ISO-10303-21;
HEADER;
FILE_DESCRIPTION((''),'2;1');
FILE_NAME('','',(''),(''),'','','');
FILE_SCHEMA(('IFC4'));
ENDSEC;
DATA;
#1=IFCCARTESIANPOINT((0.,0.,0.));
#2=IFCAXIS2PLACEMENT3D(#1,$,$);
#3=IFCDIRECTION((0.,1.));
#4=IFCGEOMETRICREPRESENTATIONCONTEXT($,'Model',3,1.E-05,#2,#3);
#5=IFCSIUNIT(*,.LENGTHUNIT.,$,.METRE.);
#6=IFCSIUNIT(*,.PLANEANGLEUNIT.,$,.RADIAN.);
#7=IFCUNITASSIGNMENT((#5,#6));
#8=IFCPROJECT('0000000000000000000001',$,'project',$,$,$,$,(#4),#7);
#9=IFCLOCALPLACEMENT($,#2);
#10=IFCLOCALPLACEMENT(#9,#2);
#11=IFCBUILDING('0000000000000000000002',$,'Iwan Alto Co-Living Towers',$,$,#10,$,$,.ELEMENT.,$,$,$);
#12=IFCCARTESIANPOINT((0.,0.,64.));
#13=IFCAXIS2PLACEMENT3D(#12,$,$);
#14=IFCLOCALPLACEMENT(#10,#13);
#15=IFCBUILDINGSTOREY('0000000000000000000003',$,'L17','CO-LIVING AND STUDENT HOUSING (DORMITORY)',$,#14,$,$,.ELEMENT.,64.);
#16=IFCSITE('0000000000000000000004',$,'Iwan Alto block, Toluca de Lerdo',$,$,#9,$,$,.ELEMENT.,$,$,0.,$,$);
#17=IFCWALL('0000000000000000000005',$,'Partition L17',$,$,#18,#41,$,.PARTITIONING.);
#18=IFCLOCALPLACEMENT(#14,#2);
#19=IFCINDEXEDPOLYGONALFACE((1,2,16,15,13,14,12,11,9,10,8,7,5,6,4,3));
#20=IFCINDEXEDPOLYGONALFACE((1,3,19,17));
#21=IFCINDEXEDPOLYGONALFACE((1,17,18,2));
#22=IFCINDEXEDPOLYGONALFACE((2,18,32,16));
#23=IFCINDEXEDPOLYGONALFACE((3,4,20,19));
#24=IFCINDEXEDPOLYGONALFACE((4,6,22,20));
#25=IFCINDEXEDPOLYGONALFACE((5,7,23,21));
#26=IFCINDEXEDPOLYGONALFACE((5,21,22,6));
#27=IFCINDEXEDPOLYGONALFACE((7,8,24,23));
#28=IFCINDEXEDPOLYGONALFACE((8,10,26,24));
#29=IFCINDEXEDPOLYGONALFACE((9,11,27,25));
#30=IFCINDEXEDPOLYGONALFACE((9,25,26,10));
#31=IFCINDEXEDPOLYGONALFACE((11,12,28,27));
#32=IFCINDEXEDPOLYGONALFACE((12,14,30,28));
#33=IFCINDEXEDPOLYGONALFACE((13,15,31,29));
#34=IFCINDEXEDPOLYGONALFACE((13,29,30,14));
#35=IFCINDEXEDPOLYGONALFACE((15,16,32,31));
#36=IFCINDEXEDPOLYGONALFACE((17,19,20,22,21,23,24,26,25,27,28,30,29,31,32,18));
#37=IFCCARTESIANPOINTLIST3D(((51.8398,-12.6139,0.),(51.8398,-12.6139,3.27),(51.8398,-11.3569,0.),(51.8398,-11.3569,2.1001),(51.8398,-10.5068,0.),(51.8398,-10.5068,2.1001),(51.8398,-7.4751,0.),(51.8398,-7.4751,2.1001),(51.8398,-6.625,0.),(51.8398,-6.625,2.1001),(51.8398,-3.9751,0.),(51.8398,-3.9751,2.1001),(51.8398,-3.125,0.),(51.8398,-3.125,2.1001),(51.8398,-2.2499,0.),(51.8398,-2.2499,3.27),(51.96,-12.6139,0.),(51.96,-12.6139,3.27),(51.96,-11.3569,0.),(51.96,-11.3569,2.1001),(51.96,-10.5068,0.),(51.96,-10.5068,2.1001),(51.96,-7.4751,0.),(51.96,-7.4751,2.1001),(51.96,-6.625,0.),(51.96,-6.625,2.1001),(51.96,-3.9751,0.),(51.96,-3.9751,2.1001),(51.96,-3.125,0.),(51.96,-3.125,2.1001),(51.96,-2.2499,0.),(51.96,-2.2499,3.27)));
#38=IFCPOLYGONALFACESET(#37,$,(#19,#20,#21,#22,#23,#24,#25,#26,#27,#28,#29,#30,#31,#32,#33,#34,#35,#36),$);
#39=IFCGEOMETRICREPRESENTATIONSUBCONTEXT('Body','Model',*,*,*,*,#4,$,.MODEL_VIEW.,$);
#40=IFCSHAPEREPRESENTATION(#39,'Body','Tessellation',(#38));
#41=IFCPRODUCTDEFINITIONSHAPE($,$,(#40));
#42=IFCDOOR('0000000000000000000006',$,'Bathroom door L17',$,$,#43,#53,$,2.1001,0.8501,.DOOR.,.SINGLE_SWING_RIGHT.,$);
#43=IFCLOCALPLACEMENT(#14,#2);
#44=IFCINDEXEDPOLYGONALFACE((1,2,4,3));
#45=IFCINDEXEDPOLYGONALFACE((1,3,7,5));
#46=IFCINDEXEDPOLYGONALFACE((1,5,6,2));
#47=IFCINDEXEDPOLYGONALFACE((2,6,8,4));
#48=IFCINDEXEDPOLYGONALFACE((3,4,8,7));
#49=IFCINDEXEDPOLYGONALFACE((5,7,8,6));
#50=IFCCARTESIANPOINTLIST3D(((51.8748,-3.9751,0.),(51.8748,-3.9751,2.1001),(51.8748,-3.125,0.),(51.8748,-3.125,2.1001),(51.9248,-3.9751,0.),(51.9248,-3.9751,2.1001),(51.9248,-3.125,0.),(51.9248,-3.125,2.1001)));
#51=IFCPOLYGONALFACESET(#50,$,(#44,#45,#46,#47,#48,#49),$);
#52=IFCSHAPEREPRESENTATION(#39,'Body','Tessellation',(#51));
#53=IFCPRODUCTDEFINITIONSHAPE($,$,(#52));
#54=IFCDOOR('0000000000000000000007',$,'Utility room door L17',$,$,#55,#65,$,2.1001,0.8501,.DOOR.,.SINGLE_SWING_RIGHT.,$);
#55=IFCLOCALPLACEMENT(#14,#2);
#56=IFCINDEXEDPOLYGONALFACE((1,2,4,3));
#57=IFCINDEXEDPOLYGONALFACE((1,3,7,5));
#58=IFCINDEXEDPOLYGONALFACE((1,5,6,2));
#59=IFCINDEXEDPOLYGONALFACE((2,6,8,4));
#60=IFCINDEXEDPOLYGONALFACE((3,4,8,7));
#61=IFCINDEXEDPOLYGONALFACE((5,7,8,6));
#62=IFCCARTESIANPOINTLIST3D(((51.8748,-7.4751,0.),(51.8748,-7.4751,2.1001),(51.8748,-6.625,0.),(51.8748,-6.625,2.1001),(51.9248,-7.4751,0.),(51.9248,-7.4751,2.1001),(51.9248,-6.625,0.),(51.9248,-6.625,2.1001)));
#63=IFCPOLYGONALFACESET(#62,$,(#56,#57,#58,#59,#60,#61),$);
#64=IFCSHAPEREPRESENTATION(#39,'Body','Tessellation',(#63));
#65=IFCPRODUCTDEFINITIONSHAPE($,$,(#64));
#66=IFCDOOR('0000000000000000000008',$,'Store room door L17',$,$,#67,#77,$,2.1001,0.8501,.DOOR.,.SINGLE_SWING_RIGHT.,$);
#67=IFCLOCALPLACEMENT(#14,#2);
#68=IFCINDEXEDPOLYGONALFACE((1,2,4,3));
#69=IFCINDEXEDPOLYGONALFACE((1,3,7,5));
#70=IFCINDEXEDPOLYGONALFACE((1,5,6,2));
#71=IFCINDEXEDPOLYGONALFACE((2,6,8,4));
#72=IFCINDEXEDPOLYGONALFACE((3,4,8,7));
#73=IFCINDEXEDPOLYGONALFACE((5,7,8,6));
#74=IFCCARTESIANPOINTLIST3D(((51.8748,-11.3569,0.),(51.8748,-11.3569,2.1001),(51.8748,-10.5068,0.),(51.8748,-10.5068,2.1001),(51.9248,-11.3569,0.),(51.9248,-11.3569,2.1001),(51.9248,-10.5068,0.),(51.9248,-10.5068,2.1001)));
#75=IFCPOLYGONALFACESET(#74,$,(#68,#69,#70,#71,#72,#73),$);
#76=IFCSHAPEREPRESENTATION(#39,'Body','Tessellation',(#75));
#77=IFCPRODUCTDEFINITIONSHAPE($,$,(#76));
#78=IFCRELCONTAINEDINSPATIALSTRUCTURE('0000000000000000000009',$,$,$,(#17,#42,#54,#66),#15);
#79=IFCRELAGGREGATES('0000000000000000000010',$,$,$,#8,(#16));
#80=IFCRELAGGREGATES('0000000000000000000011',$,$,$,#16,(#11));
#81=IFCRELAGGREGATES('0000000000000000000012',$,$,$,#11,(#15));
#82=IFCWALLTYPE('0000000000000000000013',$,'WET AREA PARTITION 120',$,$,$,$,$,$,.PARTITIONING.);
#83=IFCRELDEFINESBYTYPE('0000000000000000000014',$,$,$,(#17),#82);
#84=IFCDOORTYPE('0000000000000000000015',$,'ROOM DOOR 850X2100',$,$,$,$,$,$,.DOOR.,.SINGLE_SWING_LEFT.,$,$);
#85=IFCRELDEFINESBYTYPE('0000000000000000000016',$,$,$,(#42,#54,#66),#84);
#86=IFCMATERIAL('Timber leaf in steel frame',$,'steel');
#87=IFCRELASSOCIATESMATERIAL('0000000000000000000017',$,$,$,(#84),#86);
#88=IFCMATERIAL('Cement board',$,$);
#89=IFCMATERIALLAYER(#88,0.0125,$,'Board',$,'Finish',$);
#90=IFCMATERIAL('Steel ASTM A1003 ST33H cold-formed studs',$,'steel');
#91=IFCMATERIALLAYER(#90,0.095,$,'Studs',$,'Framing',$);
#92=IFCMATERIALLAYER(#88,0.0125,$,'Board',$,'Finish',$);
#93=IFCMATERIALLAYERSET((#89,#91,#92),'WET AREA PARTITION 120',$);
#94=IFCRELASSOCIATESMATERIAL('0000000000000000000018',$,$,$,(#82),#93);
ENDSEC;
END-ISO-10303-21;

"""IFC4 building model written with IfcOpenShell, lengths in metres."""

from ifc_helpers import new_model, si_unit, direction, frame, frame_2d, origin, place, context, subcontext, project, spatial, rectangle, extrude, material, layer, layer_set, type_object, element, fill, save


model = new_model("IFC4")

# Units and contexts
model_context = context("Model", 3, precision=1e-05, world=origin(), true_north=direction((0.0, 1.0)))
body_context = subcontext(model_context, "Body", "Model", "MODEL_VIEW")
ifc_project = project(units=[si_unit("LENGTHUNIT", "METRE"), si_unit("PLANEANGLEUNIT", "RADIAN")], contexts=[model_context])

# Site, building, storey
site_placement = place(None, origin())
site = spatial("IfcSite", under=ifc_project, at=site_placement, Name="Iwan Alto block, Toluca de Lerdo", CompositionType="ELEMENT", RefElevation=0.0)
building_placement = place(site_placement, origin())
building = spatial("IfcBuilding", under=site, at=building_placement, Name="Iwan Alto Co-Living Towers", CompositionType="ELEMENT")
storey_placement = place(building_placement, frame((0.0, 0.0, 64.0)))
storey = spatial("IfcBuildingStorey", under=building, at=storey_placement, Name="L17", Description="CO-LIVING AND STUDENT HOUSING (DORMITORY)", CompositionType="ELEMENT", Elevation=64.0)

# Shared definitions
ifc_material_1 = material(Name="Steel ASTM A1003 ST33H cold-formed studs", Category="steel")
ifc_material_2 = material(Name="Timber leaf in steel frame", Category="steel")
door_type_1 = type_object("IfcDoorType", Name="ROOM DOOR 850X2100", OperationType="SINGLE_SWING_LEFT", PredefinedType="DOOR", material=ifc_material_2)

# Shared definitions
ifc_material_3 = material(Name="Cement board")
ifc_layer_1 = layer(ifc_material_3, 0.0125, Name="Board", Category="Finish")
ifc_layer_2 = layer(ifc_material_1, 0.095, Name="Studs", Category="Framing")
ifc_layer_3 = layer(ifc_material_3, 0.0125, Name="Board", Category="Finish")
ifc_layer_set_1 = layer_set([ifc_layer_1, ifc_layer_2, ifc_layer_3], Name="WET AREA PARTITION 120")
wall_type_1 = type_object("IfcWallType", Name="WET AREA PARTITION 120", PredefinedType="PARTITIONING", material=ifc_layer_set_1)

# Wall, openings, doors
wall_1_placement = place(storey_placement, frame((51.8999, -12.614, 0.0), z_axis=(0.0, 0.0, 1.0), x_axis=(0.0, 1.0, 0.0)))
wall_1 = element("IfcWall", 1, at=wall_1_placement, inside=storey, type_object=wall_type_1, Name="Partition L17", PredefinedType="PARTITIONING", context=body_context, shape_type="SweptSolid", body=[
    extrude(rectangle(XDim=10.364, YDim=0.1201, at=frame_2d((5.1821, 0.0))), origin(), (0.0, 0.0, 1.0), 3.27),
])
opening_1_placement = place(wall_1_placement, frame((8.6389, 0.0, 0.0)))
opening_1 = element("IfcOpeningElement", 2, at=opening_1_placement, cuts=wall_1, PredefinedType="OPENING", context=body_context, shape_type="SweptSolid", body=[
    extrude(rectangle(XDim=0.8501, YDim=2.1001, at=frame_2d((0.425, 1.05))), frame((0.0, 0.0701, 0.0), z_axis=(0.0, -1.0, 0.0), x_axis=(1.0, 0.0, 0.0)), (0.0, 0.0, 1.0), 0.1401),
])
opening_2_placement = place(wall_1_placement, frame((5.1389, 0.0, 0.0)))
opening_2 = element("IfcOpeningElement", 3, at=opening_2_placement, cuts=wall_1, PredefinedType="OPENING", context=body_context, shape_type="SweptSolid", body=[
    extrude(rectangle(XDim=0.8501, YDim=2.1001, at=frame_2d((0.425, 1.05))), frame((0.0, 0.0701, 0.0), z_axis=(0.0, -1.0, 0.0), x_axis=(1.0, 0.0, 0.0)), (0.0, 0.0, 1.0), 0.1401),
])
opening_3_placement = place(wall_1_placement, frame((1.2571, 0.0, 0.0)))
opening_3 = element("IfcOpeningElement", 4, at=opening_3_placement, cuts=wall_1, PredefinedType="OPENING", context=body_context, shape_type="SweptSolid", body=[
    extrude(rectangle(XDim=0.8501, YDim=2.1001, at=frame_2d((0.425, 1.05))), frame((0.0, 0.0701, 0.0), z_axis=(0.0, -1.0, 0.0), x_axis=(1.0, 0.0, 0.0)), (0.0, 0.0, 1.0), 0.1401),
])
door_1_placement = place(opening_1_placement, frame((0.8501, 0.0, 0.0), z_axis=(0.0, 0.0, 1.0), x_axis=(-1.0, 0.0, 0.0)))
door_1 = element("IfcDoor", 5, at=door_1_placement, inside=storey, type_object=door_type_1, Name="Bathroom door L17", OperationType="SINGLE_SWING_RIGHT", OverallHeight=2.1001, OverallWidth=0.8501, PredefinedType="DOOR", context=body_context, shape_type="SweptSolid", body=[
    extrude(rectangle(XDim=0.8501, YDim=2.1001, at=frame_2d((0.425, 1.05))), frame((0.0, 0.0249, 0.0), z_axis=(0.0, -1.0, 0.0), x_axis=(1.0, 0.0, 0.0)), (0.0, 0.0, 1.0), 0.05),
])
fill(opening_1, door_1)
door_2_placement = place(opening_2_placement, frame((0.8501, 0.0, 0.0), z_axis=(0.0, 0.0, 1.0), x_axis=(-1.0, 0.0, 0.0)))
door_2 = element("IfcDoor", 6, at=door_2_placement, inside=storey, type_object=door_type_1, Name="Utility room door L17", OperationType="SINGLE_SWING_RIGHT", OverallHeight=2.1001, OverallWidth=0.8501, PredefinedType="DOOR", context=body_context, shape_type="SweptSolid", body=[
    extrude(rectangle(XDim=0.8501, YDim=2.1001, at=frame_2d((0.425, 1.05))), frame((0.0, 0.0249, 0.0), z_axis=(0.0, -1.0, 0.0), x_axis=(1.0, 0.0, 0.0)), (0.0, 0.0, 1.0), 0.05),
])
fill(opening_2, door_2)
door_3_placement = place(opening_3_placement, frame((0.8501, 0.0, 0.0), z_axis=(0.0, 0.0, 1.0), x_axis=(-1.0, 0.0, 0.0)))
door_3 = element("IfcDoor", 7, at=door_3_placement, inside=storey, type_object=door_type_1, Name="Store room door L17", OperationType="SINGLE_SWING_RIGHT", OverallHeight=2.1001, OverallWidth=0.8501, PredefinedType="DOOR", context=body_context, shape_type="SweptSolid", body=[
    extrude(rectangle(XDim=0.8501, YDim=2.1001, at=frame_2d((0.425, 1.05))), frame((0.0, 0.0249, 0.0), z_axis=(0.0, -1.0, 0.0), x_axis=(1.0, 0.0, 0.0)), (0.0, 0.0, 1.0), 0.05),
])
fill(opening_3, door_3)

save(model, "model.ifc")
